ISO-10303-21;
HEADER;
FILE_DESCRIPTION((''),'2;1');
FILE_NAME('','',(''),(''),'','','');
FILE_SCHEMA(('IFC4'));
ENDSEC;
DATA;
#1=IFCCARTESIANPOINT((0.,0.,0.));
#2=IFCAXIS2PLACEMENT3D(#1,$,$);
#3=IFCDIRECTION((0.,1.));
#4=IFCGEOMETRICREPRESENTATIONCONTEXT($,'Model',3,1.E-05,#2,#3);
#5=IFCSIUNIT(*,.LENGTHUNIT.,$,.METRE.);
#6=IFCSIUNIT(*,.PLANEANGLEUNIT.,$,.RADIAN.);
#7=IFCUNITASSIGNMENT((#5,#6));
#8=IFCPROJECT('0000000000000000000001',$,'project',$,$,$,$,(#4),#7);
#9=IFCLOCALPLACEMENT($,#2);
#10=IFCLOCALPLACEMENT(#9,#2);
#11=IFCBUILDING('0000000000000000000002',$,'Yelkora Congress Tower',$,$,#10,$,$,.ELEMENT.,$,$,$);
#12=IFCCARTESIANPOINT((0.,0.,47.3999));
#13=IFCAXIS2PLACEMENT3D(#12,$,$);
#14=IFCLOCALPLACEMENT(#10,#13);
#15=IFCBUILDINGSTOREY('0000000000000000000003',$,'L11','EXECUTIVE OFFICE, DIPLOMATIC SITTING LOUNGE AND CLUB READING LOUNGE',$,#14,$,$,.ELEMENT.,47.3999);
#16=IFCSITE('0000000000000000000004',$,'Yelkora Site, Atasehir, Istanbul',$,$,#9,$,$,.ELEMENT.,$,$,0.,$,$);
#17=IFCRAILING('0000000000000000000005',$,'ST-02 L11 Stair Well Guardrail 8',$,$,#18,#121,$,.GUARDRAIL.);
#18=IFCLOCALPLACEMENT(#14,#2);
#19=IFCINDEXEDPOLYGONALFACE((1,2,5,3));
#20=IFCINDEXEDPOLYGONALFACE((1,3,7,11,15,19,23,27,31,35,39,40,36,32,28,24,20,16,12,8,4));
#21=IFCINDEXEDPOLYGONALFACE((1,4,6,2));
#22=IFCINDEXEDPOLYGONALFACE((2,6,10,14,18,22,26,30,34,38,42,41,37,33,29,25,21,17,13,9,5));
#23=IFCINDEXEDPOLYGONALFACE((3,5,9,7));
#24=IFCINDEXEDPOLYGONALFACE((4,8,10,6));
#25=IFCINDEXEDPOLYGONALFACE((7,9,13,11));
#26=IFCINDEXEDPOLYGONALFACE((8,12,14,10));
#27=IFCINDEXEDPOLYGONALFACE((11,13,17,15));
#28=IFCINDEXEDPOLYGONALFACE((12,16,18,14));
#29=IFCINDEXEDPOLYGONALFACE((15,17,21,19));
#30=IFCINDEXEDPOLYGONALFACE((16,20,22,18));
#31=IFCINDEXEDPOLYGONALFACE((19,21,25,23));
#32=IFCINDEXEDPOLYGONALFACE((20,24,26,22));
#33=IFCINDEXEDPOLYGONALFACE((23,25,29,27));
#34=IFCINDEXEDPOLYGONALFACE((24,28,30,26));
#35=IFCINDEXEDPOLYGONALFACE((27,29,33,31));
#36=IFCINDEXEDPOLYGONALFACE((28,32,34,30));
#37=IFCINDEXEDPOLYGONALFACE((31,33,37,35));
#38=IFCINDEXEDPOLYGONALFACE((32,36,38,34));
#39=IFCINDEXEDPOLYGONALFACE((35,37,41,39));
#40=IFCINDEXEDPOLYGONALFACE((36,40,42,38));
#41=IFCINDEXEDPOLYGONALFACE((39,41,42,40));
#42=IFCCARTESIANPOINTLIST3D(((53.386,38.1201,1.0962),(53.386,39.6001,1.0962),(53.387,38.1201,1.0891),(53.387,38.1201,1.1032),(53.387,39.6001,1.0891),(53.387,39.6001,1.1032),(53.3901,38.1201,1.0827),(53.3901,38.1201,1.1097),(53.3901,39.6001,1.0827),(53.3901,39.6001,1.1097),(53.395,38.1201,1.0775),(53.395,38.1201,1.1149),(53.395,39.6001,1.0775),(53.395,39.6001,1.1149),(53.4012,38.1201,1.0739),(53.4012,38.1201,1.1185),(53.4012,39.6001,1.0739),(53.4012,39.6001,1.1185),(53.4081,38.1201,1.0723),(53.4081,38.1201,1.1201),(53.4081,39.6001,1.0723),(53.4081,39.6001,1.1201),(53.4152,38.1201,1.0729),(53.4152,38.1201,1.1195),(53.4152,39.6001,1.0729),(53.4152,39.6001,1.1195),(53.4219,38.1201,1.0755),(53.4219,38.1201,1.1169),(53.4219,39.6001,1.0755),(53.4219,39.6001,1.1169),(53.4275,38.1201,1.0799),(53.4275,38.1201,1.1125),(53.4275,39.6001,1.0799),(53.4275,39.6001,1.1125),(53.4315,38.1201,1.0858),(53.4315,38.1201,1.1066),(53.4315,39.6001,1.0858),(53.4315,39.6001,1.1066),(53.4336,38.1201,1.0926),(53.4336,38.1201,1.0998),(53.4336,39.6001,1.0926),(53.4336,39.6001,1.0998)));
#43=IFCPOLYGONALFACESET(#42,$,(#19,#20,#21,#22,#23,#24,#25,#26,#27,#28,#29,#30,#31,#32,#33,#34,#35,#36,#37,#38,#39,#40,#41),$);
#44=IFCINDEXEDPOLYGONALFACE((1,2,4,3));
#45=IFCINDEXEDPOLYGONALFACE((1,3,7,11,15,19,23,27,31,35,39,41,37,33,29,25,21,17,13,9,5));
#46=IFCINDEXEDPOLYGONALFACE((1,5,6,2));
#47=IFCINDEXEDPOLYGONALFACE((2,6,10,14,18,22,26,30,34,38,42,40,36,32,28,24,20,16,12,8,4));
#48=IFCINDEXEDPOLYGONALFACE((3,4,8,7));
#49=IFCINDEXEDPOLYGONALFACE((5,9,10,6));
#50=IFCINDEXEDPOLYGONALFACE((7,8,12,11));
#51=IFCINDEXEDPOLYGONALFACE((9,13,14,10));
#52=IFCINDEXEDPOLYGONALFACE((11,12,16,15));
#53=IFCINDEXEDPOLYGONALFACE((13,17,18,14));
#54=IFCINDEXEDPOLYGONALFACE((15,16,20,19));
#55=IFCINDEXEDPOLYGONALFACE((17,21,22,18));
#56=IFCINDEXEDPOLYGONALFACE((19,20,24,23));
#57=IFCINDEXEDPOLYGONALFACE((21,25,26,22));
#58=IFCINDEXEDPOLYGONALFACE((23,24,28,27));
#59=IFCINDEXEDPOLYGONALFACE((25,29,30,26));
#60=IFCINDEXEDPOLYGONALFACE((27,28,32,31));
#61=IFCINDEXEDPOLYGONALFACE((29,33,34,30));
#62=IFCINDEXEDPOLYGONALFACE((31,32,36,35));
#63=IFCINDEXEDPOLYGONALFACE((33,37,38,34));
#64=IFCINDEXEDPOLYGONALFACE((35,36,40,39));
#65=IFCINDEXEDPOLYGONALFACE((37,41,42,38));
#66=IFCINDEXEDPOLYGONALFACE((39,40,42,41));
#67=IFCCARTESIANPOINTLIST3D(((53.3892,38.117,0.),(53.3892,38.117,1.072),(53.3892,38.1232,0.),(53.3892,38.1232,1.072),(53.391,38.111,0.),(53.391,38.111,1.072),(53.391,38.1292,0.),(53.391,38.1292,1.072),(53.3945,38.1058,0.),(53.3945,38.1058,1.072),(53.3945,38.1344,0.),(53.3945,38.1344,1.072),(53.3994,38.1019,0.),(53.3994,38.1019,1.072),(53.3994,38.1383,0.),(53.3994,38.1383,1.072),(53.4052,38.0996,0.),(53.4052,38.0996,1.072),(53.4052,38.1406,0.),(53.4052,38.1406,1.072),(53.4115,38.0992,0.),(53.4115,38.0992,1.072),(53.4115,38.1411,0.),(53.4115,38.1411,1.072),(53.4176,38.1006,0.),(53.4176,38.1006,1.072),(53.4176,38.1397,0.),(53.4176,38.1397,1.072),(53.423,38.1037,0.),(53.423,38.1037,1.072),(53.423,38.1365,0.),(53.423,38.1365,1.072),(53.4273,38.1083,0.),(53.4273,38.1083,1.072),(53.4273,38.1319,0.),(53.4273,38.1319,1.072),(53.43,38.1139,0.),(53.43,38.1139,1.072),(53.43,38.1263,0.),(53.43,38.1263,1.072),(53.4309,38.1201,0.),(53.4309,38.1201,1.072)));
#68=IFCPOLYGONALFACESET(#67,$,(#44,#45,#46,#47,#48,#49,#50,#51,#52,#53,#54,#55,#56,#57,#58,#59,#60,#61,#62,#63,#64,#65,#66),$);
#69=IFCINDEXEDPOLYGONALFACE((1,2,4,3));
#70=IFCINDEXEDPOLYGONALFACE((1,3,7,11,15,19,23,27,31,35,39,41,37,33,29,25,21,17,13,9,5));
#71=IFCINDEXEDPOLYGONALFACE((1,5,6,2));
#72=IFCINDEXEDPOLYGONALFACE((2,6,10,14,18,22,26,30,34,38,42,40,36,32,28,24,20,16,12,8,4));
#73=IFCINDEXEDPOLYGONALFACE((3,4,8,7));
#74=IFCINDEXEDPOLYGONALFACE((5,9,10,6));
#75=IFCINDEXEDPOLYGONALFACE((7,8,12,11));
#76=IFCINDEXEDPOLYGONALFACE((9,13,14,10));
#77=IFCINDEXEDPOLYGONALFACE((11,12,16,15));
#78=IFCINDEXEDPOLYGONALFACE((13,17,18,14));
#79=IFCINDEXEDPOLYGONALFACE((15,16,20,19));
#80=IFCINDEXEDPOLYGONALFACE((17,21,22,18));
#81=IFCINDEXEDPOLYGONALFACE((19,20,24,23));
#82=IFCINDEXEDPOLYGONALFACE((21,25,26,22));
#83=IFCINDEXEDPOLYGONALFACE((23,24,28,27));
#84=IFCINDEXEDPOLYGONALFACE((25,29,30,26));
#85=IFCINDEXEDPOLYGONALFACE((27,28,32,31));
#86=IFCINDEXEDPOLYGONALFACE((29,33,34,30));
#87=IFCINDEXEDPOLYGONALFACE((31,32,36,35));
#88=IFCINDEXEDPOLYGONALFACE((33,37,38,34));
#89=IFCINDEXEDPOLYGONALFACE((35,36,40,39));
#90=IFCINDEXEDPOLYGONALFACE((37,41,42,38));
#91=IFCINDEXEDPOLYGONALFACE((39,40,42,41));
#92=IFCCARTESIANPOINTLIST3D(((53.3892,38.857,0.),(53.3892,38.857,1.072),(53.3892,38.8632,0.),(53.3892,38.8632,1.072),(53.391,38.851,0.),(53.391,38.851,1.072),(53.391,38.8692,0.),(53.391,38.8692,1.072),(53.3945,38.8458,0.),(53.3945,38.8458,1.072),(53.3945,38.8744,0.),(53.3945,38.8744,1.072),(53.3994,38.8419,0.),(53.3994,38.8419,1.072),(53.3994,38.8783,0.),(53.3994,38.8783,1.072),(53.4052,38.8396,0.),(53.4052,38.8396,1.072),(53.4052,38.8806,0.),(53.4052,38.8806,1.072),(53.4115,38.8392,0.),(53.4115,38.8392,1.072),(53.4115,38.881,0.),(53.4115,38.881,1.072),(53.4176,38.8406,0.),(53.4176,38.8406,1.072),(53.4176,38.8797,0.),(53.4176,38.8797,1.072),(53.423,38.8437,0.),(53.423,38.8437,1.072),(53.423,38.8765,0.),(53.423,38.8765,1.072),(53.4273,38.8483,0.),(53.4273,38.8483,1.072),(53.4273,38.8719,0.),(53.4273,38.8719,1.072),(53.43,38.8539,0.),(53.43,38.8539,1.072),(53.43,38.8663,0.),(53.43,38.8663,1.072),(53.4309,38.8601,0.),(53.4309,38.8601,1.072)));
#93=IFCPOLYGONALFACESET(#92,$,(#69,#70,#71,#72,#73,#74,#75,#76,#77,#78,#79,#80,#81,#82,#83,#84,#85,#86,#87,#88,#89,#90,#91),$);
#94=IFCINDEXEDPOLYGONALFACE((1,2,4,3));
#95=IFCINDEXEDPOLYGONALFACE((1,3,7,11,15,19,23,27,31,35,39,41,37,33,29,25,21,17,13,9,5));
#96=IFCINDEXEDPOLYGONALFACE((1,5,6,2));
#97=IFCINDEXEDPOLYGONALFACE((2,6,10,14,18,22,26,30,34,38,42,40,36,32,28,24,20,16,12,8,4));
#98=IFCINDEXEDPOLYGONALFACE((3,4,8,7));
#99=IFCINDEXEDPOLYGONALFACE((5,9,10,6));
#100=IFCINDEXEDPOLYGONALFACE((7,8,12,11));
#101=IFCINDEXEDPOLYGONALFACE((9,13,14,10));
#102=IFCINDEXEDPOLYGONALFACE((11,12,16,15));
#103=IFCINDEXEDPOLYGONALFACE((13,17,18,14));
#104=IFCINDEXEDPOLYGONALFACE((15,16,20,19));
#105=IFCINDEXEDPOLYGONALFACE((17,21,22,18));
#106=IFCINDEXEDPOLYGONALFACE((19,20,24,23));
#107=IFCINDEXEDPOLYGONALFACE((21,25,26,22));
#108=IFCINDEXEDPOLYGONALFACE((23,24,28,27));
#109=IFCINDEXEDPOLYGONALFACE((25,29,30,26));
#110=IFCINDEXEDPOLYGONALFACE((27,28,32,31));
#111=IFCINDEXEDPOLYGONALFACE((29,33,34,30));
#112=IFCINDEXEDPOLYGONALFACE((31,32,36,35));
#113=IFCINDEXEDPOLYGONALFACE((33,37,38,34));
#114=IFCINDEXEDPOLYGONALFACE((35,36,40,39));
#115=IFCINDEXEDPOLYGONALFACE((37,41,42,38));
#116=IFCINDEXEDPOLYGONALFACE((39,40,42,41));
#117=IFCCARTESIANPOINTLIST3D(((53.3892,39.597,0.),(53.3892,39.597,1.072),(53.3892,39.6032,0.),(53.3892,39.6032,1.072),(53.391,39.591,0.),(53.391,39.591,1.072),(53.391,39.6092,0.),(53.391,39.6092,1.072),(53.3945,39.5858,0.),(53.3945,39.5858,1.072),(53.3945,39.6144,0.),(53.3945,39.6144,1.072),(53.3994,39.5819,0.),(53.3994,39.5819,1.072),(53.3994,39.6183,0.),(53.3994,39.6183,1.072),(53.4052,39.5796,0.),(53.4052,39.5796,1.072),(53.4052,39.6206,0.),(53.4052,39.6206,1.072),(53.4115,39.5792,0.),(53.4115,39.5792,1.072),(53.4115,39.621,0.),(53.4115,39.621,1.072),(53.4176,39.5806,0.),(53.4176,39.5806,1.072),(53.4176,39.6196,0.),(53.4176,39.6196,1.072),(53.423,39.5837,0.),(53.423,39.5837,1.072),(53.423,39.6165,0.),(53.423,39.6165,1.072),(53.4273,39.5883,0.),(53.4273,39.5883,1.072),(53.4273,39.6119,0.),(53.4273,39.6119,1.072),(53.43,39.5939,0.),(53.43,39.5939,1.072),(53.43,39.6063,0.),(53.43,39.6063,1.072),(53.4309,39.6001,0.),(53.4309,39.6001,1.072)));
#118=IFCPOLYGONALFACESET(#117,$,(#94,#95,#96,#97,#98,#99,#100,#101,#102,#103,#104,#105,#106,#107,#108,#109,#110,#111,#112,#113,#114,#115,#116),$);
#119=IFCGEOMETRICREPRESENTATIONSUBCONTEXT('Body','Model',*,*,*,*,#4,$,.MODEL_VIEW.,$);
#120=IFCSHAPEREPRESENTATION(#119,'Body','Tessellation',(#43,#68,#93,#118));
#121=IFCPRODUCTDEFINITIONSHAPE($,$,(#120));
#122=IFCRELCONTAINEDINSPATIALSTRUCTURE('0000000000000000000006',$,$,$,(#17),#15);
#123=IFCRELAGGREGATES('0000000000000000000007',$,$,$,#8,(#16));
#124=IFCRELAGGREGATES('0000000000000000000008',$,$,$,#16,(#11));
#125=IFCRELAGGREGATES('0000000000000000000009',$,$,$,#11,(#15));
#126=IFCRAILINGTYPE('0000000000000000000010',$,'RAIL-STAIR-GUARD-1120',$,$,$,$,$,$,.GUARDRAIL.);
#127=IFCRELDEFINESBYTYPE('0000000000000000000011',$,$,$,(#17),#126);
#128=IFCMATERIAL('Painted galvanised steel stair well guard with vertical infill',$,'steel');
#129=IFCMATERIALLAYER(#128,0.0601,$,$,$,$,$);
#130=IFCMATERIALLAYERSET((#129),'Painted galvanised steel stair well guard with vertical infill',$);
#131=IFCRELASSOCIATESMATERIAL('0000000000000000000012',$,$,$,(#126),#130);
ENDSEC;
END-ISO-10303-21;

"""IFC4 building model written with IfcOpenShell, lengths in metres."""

from ifc_helpers import new_model, si_unit, direction, frame, origin, origin_2d, place, context, subcontext, project, spatial, circle, extrude, material, layer, layer_set, type_object, element, save


model = new_model("IFC4")

# Units and contexts
model_context = context("Model", 3, precision=1e-05, world=origin(), true_north=direction((0.0, 1.0)))
body_context = subcontext(model_context, "Body", "Model", "MODEL_VIEW")
ifc_project = project(units=[si_unit("LENGTHUNIT", "METRE"), si_unit("PLANEANGLEUNIT", "RADIAN")], contexts=[model_context])

# Site, building, storey
site_placement = place(None, origin())
site = spatial("IfcSite", under=ifc_project, at=site_placement, Name="Yelkora Site, Atasehir, Istanbul", CompositionType="ELEMENT", RefElevation=0.0)
building_placement = place(site_placement, origin())
building = spatial("IfcBuilding", under=site, at=building_placement, Name="Yelkora Congress Tower", CompositionType="ELEMENT")
storey_placement = place(building_placement, frame((0.0, 0.0, 47.3999)))
storey = spatial("IfcBuildingStorey", under=building, at=storey_placement, Name="L11", Description="EXECUTIVE OFFICE, DIPLOMATIC SITTING LOUNGE AND CLUB READING LOUNGE", CompositionType="ELEMENT", Elevation=47.3999)

# Railing
ifc_material_1 = material(Name="Painted galvanised steel stair well guard with vertical infill", Category="steel")
ifc_layer_1 = layer(ifc_material_1, 0.0601)
ifc_layer_set_1 = layer_set([ifc_layer_1], Name="Painted galvanised steel stair well guard with vertical infill")
railing_type_1 = type_object("IfcRailingType", Name="RAIL-STAIR-GUARD-1120", PredefinedType="GUARDRAIL", material=ifc_layer_set_1)
railing_1_placement = place(storey_placement, frame((53.4099, 38.1201, 0.0)))
element("IfcRailing", 1, at=railing_1_placement, inside=storey, type_object=railing_type_1, Name="ST-02 L11 Stair Well Guardrail 8", PredefinedType="GUARDRAIL", context=body_context, shape_type="SweptSolid", body=[
    extrude(circle(Radius=0.0239, at=origin_2d()), frame((0.0, 0.0, 1.0962), z_axis=(0.0, 1.0, 0.0), x_axis=(-1.0, 0.0, 0.0)), (0.0, 0.0, 1.0), 1.48),
    extrude(circle(Radius=0.021, at=origin_2d()), origin(), (0.0, 0.0, 1.0), 1.072),
    extrude(circle(Radius=0.021, at=origin_2d()), frame((0.0, 0.74, 0.0)), (0.0, 0.0, 1.0), 1.072),
    extrude(circle(Radius=0.021, at=origin_2d()), frame((0.0, 1.48, 0.0)), (0.0, 0.0, 1.0), 1.072),
])

save(model, "model.ifc")
